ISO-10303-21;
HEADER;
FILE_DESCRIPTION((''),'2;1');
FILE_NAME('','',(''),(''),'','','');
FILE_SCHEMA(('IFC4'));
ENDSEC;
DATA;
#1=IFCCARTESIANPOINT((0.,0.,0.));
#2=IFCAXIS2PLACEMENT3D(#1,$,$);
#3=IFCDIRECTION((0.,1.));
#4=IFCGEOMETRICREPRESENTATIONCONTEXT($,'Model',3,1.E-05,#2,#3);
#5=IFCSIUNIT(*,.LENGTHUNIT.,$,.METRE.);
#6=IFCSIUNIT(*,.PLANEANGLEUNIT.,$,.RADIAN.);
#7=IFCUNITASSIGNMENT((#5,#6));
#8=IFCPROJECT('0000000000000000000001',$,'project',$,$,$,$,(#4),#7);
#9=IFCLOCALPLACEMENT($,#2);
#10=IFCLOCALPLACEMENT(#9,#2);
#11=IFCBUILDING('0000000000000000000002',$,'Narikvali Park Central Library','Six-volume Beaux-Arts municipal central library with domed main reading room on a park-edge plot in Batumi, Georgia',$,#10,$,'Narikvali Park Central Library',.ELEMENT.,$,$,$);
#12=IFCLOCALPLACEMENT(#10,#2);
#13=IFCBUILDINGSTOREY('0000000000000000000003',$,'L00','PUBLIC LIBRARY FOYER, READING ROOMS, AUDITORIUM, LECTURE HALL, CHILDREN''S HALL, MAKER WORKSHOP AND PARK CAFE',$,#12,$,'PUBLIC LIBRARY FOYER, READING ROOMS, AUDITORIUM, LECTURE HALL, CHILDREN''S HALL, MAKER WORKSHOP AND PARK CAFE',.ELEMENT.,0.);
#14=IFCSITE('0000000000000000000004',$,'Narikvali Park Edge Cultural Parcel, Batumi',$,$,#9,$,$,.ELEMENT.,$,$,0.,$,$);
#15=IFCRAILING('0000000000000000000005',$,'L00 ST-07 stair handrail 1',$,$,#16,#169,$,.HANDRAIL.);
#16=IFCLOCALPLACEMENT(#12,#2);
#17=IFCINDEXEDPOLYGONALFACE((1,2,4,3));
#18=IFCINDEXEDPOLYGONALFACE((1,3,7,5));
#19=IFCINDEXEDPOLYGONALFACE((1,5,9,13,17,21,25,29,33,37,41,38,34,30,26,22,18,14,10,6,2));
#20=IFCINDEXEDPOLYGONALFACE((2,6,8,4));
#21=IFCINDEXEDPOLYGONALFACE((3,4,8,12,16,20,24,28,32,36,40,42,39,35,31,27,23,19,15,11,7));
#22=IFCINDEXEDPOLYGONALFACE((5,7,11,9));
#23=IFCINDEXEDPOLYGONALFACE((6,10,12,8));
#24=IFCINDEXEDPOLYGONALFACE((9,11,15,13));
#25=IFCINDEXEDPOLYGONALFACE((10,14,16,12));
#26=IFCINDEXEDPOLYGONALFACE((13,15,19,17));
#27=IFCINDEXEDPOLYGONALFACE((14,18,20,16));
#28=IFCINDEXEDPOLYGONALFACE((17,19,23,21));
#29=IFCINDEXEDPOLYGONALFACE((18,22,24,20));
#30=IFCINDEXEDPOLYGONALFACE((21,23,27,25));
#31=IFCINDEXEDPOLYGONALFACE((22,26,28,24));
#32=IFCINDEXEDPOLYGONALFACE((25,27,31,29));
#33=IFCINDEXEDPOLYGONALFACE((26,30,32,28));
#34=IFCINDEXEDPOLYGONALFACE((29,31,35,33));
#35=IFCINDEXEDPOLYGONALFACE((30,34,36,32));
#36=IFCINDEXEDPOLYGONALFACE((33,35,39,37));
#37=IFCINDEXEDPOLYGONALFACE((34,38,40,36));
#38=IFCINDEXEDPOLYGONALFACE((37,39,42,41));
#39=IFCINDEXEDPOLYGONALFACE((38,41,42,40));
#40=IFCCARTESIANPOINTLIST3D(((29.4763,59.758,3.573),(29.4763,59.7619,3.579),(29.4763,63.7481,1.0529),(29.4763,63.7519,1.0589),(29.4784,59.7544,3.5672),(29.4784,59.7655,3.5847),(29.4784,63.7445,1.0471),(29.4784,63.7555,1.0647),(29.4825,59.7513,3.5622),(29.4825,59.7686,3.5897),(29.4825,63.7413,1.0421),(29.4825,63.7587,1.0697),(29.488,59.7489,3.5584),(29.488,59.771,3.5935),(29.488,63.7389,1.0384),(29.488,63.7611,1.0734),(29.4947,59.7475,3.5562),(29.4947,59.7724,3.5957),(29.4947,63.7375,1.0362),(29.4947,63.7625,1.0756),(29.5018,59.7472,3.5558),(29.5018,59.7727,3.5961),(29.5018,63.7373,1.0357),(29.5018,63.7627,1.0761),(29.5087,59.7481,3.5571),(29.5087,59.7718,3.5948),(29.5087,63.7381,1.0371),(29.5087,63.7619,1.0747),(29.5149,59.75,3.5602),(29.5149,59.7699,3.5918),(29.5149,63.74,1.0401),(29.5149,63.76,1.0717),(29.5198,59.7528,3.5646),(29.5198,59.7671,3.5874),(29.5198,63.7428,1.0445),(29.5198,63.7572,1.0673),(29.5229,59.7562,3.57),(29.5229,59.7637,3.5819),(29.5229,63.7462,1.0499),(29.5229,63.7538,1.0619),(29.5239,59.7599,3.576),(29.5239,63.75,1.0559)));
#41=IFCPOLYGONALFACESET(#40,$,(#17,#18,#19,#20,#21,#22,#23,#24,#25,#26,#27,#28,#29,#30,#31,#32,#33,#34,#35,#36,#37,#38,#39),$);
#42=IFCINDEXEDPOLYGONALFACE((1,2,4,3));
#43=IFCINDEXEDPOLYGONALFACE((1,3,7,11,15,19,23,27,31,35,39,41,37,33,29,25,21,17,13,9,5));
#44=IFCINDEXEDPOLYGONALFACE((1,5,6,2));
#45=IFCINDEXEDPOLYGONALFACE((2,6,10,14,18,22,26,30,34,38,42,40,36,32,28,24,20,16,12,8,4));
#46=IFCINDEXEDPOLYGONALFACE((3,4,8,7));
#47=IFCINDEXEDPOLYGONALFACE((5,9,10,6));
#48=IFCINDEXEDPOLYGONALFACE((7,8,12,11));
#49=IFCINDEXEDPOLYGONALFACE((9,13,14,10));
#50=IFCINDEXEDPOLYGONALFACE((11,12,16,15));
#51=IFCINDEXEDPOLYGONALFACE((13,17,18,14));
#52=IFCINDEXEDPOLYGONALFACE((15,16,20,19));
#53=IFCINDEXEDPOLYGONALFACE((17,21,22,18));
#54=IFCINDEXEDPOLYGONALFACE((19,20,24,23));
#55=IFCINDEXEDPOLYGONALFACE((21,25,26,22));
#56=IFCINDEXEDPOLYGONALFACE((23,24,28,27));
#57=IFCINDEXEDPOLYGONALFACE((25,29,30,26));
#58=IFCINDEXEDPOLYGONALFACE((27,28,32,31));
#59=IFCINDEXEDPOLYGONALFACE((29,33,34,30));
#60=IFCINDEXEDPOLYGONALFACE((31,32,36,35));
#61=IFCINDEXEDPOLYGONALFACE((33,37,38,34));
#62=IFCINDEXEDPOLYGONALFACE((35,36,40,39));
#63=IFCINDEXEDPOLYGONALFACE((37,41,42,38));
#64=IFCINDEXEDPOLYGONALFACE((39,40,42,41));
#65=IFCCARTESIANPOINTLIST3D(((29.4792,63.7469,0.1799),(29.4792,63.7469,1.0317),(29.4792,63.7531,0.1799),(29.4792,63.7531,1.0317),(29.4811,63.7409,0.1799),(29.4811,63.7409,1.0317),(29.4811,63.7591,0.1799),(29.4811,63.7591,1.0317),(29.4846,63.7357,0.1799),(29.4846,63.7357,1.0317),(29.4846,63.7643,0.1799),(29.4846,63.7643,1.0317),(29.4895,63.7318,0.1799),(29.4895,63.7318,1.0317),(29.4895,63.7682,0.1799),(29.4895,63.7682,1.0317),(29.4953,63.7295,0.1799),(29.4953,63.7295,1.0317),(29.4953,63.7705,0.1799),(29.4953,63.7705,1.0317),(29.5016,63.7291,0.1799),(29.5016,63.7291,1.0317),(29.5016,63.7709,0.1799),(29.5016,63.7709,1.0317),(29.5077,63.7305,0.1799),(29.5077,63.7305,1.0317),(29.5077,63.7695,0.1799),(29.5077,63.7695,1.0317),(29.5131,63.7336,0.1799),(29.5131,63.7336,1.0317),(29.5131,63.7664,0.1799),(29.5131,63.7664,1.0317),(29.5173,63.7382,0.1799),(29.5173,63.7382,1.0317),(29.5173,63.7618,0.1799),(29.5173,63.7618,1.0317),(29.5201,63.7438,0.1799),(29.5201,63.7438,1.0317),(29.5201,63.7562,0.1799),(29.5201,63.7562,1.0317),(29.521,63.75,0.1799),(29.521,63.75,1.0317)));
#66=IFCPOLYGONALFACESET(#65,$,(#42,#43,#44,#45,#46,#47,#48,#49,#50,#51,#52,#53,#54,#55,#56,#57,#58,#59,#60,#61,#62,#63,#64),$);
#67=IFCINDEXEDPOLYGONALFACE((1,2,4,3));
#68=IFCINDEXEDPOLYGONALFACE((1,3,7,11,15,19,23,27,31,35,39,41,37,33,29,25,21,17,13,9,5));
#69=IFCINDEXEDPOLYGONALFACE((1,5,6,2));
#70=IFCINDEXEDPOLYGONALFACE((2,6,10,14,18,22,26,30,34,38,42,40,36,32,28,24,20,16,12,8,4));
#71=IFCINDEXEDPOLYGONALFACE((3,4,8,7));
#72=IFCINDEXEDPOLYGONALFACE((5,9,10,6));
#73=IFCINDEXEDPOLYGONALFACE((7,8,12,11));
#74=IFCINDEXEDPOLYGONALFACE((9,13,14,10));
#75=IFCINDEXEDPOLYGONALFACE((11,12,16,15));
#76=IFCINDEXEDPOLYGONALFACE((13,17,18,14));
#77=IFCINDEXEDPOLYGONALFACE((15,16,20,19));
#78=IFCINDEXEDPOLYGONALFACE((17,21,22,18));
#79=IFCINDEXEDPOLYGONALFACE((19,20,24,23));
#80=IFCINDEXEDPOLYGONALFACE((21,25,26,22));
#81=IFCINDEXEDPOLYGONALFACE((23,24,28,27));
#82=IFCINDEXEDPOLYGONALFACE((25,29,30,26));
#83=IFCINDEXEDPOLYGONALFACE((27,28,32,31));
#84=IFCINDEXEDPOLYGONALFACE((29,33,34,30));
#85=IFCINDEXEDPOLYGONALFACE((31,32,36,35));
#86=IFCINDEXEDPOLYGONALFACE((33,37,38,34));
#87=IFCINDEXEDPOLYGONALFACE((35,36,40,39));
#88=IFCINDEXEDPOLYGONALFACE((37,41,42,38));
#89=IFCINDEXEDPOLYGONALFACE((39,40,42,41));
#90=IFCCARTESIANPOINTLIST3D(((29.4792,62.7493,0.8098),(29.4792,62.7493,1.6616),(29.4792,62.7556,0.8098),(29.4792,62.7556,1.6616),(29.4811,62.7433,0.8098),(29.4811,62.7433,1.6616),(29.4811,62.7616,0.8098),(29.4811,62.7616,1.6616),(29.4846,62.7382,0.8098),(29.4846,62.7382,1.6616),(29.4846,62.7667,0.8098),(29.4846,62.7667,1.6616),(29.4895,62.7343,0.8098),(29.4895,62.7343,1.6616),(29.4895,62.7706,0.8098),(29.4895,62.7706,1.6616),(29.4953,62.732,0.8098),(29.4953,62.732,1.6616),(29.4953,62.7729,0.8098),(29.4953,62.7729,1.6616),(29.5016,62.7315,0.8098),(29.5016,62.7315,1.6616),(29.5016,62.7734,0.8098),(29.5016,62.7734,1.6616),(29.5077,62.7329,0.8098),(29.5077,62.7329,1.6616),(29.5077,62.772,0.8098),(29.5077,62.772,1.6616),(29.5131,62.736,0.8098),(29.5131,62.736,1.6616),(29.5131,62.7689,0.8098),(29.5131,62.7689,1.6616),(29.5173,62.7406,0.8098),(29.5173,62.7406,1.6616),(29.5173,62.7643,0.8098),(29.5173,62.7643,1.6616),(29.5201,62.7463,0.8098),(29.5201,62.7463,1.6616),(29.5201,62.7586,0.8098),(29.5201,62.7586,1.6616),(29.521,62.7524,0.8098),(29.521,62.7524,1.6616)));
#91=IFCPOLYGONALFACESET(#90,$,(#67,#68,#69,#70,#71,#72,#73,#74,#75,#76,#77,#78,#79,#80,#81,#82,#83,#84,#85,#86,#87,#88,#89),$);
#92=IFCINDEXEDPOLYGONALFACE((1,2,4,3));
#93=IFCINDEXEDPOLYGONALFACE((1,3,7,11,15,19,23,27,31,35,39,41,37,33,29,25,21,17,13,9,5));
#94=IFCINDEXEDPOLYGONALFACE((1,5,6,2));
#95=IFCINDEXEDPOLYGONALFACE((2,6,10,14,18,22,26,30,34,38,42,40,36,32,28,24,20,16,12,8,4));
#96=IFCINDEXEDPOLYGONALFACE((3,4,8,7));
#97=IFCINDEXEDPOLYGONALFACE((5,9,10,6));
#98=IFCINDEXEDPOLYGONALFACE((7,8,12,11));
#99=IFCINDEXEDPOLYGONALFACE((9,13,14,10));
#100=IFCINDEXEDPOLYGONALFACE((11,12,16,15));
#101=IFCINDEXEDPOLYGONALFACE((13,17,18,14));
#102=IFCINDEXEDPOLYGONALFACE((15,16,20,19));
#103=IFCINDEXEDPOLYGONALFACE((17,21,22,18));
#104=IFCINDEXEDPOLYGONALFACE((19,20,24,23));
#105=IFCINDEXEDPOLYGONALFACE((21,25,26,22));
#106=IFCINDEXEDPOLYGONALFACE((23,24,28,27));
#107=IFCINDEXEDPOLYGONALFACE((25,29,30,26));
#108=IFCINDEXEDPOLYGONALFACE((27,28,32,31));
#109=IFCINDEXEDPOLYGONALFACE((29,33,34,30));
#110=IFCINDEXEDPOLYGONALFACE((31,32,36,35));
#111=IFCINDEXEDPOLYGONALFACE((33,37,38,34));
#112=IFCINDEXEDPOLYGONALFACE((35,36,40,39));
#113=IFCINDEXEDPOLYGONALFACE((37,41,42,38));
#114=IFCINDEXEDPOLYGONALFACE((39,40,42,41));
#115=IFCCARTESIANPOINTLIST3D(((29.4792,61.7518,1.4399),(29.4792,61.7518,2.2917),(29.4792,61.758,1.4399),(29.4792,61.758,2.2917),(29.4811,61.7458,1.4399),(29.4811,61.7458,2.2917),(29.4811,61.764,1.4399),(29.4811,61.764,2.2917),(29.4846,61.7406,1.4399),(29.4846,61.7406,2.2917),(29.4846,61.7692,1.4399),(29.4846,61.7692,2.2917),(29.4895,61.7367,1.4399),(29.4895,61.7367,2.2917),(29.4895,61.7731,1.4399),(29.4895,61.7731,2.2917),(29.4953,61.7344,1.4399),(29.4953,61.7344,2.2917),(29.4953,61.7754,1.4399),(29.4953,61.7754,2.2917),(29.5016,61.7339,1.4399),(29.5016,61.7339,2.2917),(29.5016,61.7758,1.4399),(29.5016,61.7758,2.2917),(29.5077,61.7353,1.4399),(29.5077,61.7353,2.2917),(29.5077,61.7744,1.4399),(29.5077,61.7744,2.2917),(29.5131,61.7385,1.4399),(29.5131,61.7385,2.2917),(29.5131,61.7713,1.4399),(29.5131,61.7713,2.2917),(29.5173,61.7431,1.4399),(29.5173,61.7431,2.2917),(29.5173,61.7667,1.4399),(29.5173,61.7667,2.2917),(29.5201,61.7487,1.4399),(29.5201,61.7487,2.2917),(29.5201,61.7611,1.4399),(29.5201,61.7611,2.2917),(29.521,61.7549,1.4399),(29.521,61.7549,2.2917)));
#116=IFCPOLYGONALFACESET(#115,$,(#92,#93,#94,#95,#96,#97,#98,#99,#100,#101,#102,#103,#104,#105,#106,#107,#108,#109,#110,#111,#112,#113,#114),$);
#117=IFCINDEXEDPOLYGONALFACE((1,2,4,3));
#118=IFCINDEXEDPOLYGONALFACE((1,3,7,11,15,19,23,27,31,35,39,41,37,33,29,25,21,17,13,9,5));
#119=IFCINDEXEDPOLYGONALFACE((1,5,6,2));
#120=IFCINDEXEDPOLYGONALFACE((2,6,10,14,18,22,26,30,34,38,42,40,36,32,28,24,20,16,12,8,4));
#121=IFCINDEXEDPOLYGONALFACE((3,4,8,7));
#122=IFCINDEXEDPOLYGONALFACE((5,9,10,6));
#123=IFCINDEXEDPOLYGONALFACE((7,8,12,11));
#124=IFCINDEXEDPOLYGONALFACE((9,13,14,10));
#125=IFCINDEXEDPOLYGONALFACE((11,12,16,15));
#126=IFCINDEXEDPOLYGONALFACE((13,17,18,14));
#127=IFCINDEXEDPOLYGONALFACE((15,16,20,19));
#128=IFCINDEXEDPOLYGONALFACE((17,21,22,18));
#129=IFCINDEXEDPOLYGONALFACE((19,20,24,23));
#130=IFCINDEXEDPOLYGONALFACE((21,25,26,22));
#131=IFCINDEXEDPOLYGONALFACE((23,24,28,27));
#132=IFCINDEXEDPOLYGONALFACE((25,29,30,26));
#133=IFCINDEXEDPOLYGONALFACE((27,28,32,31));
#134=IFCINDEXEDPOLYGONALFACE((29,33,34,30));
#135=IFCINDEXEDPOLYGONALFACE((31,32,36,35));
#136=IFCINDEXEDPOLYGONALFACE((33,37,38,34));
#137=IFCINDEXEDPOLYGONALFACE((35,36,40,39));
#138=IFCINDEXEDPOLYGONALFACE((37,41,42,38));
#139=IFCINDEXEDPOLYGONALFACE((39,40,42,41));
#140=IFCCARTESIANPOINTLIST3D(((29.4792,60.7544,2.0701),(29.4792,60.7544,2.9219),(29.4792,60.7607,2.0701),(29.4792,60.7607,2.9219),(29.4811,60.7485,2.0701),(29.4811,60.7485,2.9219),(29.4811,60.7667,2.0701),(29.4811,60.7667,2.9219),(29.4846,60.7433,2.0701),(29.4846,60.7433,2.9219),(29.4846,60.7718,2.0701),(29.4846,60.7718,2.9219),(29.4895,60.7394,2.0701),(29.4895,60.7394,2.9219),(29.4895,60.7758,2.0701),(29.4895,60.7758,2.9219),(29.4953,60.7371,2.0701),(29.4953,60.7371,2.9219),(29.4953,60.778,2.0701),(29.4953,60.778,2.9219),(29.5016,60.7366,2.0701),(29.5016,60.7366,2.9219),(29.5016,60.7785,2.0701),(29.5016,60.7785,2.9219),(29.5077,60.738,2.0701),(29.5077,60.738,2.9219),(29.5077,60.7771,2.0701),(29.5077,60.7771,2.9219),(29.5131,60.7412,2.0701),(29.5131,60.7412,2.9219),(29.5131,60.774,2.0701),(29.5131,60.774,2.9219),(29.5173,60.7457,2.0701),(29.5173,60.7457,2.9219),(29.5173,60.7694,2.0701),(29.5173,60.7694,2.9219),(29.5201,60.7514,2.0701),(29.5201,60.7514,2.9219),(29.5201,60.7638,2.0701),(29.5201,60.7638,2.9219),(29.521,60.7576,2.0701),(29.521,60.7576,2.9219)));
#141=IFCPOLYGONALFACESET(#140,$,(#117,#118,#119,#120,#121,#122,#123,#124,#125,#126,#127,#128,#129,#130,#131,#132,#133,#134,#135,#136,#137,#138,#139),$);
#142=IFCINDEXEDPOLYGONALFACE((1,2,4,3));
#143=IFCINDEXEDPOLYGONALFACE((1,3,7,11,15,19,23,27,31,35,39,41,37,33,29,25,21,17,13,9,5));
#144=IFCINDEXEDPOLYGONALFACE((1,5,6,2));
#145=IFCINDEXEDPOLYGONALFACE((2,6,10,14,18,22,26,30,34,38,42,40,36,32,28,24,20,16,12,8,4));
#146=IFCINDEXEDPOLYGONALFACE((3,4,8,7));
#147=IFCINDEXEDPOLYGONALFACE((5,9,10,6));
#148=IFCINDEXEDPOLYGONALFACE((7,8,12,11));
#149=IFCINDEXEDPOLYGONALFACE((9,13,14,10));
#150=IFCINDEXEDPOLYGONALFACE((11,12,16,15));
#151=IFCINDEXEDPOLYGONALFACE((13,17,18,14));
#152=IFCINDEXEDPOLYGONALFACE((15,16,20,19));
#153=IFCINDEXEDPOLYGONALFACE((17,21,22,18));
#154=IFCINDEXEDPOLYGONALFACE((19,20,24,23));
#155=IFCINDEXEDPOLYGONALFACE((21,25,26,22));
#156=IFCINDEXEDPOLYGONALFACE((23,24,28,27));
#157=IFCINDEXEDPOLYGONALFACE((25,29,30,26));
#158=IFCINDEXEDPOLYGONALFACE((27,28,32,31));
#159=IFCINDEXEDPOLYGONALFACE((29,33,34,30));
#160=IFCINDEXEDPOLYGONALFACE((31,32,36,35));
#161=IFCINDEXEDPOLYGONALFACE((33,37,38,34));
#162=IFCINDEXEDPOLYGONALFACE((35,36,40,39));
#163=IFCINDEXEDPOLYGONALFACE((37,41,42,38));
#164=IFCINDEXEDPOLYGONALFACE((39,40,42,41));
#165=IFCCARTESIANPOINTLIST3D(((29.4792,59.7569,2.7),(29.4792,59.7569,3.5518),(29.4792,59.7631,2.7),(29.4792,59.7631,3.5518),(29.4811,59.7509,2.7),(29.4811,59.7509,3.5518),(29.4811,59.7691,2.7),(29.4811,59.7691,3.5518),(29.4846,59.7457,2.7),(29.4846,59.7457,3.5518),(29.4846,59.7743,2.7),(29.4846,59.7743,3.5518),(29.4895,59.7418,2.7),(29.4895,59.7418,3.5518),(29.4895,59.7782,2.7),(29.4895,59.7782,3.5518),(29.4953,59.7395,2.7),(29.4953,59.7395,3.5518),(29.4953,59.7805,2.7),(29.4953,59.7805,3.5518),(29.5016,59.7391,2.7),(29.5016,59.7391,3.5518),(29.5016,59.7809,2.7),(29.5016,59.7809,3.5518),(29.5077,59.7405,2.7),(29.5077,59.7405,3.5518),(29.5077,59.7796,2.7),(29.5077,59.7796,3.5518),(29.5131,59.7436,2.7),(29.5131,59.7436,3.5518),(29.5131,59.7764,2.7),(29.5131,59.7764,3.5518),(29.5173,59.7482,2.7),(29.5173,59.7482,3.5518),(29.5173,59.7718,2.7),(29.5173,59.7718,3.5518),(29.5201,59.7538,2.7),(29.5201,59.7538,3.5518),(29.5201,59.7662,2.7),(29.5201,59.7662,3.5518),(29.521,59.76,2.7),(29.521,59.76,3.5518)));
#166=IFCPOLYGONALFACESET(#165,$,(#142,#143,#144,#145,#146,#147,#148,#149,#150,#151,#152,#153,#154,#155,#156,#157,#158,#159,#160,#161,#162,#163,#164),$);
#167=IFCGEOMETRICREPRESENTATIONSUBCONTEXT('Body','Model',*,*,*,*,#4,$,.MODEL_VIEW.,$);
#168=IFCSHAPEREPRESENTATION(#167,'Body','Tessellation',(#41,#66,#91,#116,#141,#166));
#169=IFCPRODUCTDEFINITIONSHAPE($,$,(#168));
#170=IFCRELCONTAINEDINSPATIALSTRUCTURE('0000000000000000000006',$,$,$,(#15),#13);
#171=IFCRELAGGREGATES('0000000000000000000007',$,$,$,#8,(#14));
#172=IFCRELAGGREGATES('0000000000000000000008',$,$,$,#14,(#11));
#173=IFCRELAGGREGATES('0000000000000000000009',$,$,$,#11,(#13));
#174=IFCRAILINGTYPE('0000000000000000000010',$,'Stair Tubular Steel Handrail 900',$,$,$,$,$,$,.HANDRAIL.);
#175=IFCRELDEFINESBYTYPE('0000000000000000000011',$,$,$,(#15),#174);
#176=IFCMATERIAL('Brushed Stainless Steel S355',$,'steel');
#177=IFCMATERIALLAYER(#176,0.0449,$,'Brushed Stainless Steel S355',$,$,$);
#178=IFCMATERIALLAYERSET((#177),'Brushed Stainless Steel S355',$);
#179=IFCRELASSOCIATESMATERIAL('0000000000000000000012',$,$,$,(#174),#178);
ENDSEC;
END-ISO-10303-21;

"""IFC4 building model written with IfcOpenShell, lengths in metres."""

from ifc_helpers import new_model, si_unit, direction, frame, origin, origin_2d, place, context, subcontext, project, spatial, circle, extrude, material, layer, layer_set, type_object, element, save


model = new_model("IFC4")

# Units and contexts
model_context = context("Model", 3, precision=1e-05, world=origin(), true_north=direction((0.0, 1.0)))
body_context = subcontext(model_context, "Body", "Model", "MODEL_VIEW")
ifc_project = project(units=[si_unit("LENGTHUNIT", "METRE"), si_unit("PLANEANGLEUNIT", "RADIAN")], contexts=[model_context])

# Site, building, storey
site_placement = place(None, origin())
site = spatial("IfcSite", under=ifc_project, at=site_placement, Name="Narikvali Park Edge Cultural Parcel, Batumi", CompositionType="ELEMENT", RefElevation=0.0)
building_placement = place(site_placement, origin())
building = spatial("IfcBuilding", under=site, at=building_placement, Name="Narikvali Park Central Library", Description="Six-volume Beaux-Arts municipal central library with domed main reading room on a park-edge plot in Batumi, Georgia", LongName="Narikvali Park Central Library", CompositionType="ELEMENT")
storey_placement = place(building_placement, origin())
storey = spatial("IfcBuildingStorey", under=building, at=storey_placement, Name="L00", Description="PUBLIC LIBRARY FOYER, READING ROOMS, AUDITORIUM, LECTURE HALL, CHILDREN'S HALL, MAKER WORKSHOP AND PARK CAFE", LongName="PUBLIC LIBRARY FOYER, READING ROOMS, AUDITORIUM, LECTURE HALL, CHILDREN'S HALL, MAKER WORKSHOP AND PARK CAFE", CompositionType="ELEMENT", Elevation=0.0)

# Shared definitions
ifc_material_1 = material(Name="Brushed Stainless Steel S355", Category="steel")

# Railing
ifc_layer_1 = layer(ifc_material_1, 0.0449, Name="Brushed Stainless Steel S355")
ifc_layer_set_1 = layer_set([ifc_layer_1], Name="Brushed Stainless Steel S355")
railing_type_1 = type_object("IfcRailingType", Name="Stair Tubular Steel Handrail 900", PredefinedType="HANDRAIL", material=ifc_layer_set_1)
railing_1_placement = place(storey_placement, frame((29.5, 63.75, 0.1799)))
element("IfcRailing", 1, at=railing_1_placement, inside=storey, type_object=railing_type_1, Name="L00 ST-07 stair handrail 1", PredefinedType="HANDRAIL", context=body_context, shape_type="SweptSolid", body=[
    extrude(circle(Radius=0.0239, at=origin_2d()), frame((0.0, 0.0, 0.876), z_axis=(0.0, -0.845486, 0.533997), x_axis=(1.0, 0.0, 0.0)), (0.0, 0.0, 1.0), 4.7192),
    extrude(circle(Radius=0.021, at=origin_2d()), origin(), (0.0, 0.0, 1.0), 0.8518),
    extrude(circle(Radius=0.021, at=origin_2d()), frame((0.0, -0.9976, 0.6299)), (0.0, 0.0, 1.0), 0.8518),
    extrude(circle(Radius=0.021, at=origin_2d()), frame((0.0, -1.9951, 1.26)), (0.0, 0.0, 1.0), 0.8518),
    extrude(circle(Radius=0.021, at=origin_2d()), frame((0.0, -2.9924, 1.8901)), (0.0, 0.0, 1.0), 0.8518),
    extrude(circle(Radius=0.021, at=origin_2d()), frame((0.0, -3.99, 2.52)), (0.0, 0.0, 1.0), 0.8518),
])

save(model, "model.ifc")
